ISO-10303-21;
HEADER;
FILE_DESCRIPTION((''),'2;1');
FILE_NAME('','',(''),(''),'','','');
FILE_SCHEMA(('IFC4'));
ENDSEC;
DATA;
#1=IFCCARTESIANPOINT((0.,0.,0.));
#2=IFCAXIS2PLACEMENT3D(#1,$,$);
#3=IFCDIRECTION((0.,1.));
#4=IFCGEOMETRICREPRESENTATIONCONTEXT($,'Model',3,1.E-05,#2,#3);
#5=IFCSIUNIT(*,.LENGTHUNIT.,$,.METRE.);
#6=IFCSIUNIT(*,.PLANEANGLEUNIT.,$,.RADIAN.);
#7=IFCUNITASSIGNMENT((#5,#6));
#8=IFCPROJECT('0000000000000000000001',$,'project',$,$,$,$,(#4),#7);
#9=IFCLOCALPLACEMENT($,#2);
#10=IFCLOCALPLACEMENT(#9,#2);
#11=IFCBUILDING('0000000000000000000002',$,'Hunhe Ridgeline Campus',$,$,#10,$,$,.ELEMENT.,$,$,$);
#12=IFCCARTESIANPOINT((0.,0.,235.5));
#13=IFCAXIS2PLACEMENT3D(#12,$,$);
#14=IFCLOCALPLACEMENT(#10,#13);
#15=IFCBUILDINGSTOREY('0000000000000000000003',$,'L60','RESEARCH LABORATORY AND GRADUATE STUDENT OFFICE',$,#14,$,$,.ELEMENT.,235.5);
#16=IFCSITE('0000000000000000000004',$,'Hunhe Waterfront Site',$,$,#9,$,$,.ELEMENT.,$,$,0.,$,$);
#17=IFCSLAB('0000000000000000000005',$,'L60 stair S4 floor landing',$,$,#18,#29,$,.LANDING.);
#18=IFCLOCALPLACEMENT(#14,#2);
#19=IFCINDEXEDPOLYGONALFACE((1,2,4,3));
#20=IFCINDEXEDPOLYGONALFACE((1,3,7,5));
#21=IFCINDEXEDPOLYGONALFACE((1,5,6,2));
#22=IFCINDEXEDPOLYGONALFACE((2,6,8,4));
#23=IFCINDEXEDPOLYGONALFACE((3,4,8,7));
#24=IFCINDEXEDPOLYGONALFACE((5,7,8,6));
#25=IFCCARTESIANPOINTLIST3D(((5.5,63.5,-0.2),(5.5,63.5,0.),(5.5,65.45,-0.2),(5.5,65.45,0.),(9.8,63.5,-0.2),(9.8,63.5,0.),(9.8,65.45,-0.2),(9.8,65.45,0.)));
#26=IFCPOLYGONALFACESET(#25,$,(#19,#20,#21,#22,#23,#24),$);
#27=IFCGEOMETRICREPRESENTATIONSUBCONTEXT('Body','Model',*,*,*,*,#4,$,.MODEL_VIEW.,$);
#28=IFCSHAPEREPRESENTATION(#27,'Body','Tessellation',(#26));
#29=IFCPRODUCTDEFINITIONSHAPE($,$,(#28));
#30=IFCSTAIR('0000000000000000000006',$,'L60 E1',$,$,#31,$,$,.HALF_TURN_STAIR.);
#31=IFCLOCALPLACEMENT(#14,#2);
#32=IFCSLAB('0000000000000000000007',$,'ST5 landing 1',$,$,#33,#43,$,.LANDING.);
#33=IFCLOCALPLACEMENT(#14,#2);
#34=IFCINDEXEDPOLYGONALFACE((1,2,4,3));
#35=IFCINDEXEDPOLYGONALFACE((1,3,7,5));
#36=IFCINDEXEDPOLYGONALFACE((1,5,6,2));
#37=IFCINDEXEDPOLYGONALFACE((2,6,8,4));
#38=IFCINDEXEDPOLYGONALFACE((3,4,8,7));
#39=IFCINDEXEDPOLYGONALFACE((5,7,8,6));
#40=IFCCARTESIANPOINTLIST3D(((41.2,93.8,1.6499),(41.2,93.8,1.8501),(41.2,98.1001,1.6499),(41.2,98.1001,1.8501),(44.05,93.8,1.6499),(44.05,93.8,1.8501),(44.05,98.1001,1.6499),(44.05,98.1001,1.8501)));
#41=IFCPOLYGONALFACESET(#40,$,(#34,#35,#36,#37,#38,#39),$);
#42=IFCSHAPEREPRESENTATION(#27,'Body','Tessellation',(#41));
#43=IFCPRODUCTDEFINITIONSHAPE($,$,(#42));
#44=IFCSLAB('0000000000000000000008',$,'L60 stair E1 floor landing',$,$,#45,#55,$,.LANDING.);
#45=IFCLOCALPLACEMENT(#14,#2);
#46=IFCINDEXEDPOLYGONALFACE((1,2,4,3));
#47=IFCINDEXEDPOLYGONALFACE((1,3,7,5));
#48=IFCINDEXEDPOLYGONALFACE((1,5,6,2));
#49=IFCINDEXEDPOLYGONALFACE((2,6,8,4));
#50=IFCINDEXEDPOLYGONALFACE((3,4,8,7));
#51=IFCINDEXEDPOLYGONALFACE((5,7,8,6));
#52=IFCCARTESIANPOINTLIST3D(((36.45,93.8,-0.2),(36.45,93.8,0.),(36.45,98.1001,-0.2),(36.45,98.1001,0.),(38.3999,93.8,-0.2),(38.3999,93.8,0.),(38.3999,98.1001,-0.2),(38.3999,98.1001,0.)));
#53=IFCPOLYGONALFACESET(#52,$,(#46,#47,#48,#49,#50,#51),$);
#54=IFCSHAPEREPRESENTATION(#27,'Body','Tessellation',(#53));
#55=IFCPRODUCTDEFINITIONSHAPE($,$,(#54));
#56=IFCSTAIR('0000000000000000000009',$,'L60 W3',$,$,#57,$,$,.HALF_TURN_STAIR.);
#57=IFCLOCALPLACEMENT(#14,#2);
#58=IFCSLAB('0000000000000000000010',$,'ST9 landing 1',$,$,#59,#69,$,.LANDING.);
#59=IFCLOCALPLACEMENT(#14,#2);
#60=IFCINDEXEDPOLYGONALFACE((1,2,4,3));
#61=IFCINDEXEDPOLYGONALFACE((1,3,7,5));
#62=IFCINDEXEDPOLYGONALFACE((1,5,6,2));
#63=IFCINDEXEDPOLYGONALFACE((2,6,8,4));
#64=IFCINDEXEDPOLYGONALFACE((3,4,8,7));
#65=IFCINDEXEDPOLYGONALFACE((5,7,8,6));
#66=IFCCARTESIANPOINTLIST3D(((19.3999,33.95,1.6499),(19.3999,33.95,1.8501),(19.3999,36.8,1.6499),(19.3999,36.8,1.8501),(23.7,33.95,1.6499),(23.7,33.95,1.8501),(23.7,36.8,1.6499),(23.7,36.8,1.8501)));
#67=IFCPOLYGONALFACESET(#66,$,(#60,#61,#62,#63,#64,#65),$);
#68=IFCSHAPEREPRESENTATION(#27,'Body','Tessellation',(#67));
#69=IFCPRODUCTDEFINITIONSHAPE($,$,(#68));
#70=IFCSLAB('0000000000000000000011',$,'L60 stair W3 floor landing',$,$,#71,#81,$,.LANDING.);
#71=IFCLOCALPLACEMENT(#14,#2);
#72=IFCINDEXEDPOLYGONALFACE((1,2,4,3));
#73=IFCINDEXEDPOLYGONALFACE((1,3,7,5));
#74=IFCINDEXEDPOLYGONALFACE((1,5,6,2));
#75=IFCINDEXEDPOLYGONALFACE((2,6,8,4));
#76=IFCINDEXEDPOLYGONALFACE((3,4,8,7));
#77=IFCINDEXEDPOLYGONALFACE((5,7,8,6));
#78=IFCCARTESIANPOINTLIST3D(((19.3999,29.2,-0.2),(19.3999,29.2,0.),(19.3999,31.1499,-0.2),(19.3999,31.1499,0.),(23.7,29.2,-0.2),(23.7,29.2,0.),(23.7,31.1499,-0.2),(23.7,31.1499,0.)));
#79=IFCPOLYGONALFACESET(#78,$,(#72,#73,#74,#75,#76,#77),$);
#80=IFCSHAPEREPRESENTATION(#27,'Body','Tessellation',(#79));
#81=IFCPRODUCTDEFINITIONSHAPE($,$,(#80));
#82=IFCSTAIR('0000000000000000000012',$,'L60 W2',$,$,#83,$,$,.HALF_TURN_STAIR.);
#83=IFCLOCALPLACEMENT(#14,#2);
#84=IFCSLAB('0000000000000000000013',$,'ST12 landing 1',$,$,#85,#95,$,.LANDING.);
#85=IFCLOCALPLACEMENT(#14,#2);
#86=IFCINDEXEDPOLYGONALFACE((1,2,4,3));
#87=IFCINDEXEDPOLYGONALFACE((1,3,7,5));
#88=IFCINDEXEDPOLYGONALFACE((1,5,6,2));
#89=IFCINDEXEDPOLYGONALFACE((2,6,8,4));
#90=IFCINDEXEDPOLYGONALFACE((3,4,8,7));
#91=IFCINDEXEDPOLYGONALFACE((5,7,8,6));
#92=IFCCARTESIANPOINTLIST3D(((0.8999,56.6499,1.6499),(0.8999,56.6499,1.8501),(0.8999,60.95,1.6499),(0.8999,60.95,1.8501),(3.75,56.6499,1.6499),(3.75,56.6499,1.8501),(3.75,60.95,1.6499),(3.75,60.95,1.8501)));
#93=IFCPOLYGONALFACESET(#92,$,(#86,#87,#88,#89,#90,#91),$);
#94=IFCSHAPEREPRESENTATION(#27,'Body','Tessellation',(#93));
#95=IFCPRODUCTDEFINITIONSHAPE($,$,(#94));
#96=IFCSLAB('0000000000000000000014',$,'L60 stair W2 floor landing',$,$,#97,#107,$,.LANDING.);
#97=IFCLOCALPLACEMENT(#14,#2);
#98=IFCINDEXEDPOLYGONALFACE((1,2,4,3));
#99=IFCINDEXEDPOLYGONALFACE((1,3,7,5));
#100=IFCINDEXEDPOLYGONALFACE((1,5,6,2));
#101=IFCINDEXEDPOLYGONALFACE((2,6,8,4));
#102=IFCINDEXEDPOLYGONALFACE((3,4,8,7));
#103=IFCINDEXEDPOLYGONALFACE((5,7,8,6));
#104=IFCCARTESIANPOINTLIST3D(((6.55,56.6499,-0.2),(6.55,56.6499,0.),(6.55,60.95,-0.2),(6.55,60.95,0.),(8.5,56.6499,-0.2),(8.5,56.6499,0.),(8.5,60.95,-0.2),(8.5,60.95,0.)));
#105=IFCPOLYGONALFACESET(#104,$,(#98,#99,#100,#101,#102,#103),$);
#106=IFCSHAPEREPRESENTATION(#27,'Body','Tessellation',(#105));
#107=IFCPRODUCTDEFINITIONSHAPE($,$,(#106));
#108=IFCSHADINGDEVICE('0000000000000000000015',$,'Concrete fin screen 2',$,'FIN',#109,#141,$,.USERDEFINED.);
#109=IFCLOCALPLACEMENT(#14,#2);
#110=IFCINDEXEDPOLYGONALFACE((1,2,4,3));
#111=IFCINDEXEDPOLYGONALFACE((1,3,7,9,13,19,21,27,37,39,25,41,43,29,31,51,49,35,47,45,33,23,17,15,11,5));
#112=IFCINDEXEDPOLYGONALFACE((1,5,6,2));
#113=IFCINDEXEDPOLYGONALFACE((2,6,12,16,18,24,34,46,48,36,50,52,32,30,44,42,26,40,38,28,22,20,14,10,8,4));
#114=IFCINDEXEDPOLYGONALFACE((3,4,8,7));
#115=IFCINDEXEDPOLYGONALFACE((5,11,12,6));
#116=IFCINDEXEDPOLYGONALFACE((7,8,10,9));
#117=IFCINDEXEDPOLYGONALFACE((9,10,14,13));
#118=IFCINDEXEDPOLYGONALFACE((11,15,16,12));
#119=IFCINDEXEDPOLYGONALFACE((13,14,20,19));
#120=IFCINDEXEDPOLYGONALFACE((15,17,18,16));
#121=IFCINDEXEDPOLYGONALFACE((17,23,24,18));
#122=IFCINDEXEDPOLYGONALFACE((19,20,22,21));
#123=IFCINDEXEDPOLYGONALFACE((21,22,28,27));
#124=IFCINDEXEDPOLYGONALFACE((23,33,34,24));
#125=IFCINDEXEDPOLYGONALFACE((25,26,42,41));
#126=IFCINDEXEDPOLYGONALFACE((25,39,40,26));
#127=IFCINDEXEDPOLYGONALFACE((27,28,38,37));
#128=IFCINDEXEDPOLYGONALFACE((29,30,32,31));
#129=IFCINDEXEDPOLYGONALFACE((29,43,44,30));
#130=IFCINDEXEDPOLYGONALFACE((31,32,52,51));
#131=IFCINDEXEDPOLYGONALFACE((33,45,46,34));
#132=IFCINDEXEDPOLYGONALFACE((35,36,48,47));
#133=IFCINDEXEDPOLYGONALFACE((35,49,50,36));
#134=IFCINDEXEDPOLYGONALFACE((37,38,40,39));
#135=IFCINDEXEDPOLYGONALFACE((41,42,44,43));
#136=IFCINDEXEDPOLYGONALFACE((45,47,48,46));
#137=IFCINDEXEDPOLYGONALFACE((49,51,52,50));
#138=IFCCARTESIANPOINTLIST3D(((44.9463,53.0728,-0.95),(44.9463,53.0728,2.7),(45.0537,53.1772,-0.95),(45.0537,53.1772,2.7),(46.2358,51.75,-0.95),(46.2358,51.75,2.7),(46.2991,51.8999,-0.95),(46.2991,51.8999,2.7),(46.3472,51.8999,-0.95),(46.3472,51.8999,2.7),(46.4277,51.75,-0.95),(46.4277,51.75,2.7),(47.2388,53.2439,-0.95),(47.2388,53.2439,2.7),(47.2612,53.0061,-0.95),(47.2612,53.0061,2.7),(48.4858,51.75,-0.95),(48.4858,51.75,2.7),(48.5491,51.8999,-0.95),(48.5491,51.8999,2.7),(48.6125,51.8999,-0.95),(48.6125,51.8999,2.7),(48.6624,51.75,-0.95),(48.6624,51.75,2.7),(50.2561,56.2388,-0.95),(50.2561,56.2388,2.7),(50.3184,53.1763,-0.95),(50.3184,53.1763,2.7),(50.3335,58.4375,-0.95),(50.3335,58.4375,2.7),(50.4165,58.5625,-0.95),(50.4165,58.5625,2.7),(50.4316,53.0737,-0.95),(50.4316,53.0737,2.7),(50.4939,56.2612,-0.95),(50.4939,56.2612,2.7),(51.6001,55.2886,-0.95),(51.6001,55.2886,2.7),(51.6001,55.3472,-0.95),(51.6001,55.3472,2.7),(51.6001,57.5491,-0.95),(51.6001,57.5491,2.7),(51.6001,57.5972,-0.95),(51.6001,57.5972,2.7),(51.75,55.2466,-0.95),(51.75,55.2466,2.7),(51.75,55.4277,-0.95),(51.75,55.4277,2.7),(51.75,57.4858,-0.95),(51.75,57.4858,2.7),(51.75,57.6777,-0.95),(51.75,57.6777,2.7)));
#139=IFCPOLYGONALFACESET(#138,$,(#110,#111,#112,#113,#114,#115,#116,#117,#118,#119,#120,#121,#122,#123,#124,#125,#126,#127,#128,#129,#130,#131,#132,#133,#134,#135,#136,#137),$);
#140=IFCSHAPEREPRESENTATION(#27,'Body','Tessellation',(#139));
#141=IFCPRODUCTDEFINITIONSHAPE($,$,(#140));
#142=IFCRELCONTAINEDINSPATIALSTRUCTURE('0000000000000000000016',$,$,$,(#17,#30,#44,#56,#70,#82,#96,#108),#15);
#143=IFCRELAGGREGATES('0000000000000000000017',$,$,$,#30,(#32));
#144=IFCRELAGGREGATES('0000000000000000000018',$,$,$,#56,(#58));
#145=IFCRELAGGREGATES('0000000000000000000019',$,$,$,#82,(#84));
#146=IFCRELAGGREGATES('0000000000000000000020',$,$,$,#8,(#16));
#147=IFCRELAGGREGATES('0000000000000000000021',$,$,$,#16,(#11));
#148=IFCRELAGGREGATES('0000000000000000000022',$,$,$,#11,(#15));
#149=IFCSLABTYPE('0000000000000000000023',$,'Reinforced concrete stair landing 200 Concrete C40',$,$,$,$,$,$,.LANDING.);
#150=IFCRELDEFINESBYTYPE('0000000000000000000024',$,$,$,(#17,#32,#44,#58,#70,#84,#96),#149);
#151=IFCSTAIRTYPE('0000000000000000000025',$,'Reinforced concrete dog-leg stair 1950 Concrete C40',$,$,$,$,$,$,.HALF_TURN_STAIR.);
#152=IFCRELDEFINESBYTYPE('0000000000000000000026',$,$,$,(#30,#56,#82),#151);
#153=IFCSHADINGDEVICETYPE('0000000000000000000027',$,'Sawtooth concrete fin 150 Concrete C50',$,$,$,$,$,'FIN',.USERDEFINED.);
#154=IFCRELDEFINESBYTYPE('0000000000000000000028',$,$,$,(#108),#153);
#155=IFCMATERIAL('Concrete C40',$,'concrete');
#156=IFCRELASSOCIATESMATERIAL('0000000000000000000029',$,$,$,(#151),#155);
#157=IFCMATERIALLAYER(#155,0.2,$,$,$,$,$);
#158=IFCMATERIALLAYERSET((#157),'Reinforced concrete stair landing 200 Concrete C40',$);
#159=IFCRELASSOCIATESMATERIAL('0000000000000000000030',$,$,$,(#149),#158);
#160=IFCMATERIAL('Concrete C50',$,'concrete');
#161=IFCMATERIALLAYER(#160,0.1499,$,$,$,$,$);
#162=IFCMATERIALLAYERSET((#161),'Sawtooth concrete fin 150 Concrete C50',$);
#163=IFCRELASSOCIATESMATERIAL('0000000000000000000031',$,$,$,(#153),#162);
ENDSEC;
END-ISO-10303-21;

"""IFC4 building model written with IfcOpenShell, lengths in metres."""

from ifc_helpers import new_model, si_unit, direction, frame, origin, place, context, subcontext, project, spatial, polyline, outline, extrude, material, layer, layer_set, type_object, element, aggregate, save


model = new_model("IFC4")

# Units and contexts
model_context = context("Model", 3, precision=1e-05, world=origin(), true_north=direction((0.0, 1.0)))
body_context = subcontext(model_context, "Body", "Model", "MODEL_VIEW")
ifc_project = project(units=[si_unit("LENGTHUNIT", "METRE"), si_unit("PLANEANGLEUNIT", "RADIAN")], contexts=[model_context])

# Site, building, storey
site_placement = place(None, origin())
site = spatial("IfcSite", under=ifc_project, at=site_placement, Name="Hunhe Waterfront Site", CompositionType="ELEMENT", RefElevation=0.0)
building_placement = place(site_placement, origin())
building = spatial("IfcBuilding", under=site, at=building_placement, Name="Hunhe Ridgeline Campus", CompositionType="ELEMENT")
storey_placement = place(building_placement, frame((0.0, 0.0, 235.5)))
storey = spatial("IfcBuildingStorey", under=building, at=storey_placement, Name="L60", Description="RESEARCH LABORATORY AND GRADUATE STUDENT OFFICE", CompositionType="ELEMENT", Elevation=235.5)

# Shared definitions
ifc_material_1 = material(Name="Concrete C50", Category="concrete")

# Shared definitions
ifc_material_2 = material(Name="Concrete C40", Category="concrete")

# Shared definitions
stair_type = type_object("IfcStairType", Name="Reinforced concrete dog-leg stair 1950 Concrete C40", PredefinedType="HALF_TURN_STAIR", material=ifc_material_2)
ifc_layer_1 = layer(ifc_material_2, 0.2)
ifc_layer_set_1 = layer_set([ifc_layer_1], Name="Reinforced concrete stair landing 200 Concrete C40")
slab_type_1 = type_object("IfcSlabType", Name="Reinforced concrete stair landing 200 Concrete C40", PredefinedType="LANDING", material=ifc_layer_set_1)

# Slab
slab_1_placement = place(storey_placement, frame((0.0, 0.0, -0.2)))
element("IfcSlab", 1, at=slab_1_placement, inside=storey, type_object=slab_type_1, Name="L60 stair S4 floor landing", PredefinedType="LANDING", context=body_context, shape_type="SweptSolid", body=[
    extrude(outline(polyline([(9.8, 63.5), (9.8, 65.45), (5.5, 65.45), (5.5, 63.5), (9.8, 63.5)])), origin(), (0.0, 0.0, 1.0), 0.2),
])

# Stair, slab
stair_1_placement = place(storey_placement, origin())
stair_1 = element("IfcStair", 2, at=stair_1_placement, inside=storey, type_object=stair_type, Name="L60 E1", PredefinedType="HALF_TURN_STAIR")
slab_2_placement = place(storey_placement, frame((0.0, 0.0, 1.6499)))
slab_2 = element("IfcSlab", 3, at=slab_2_placement, type_object=slab_type_1, Name="ST5 landing 1", PredefinedType="LANDING", context=body_context, shape_type="SweptSolid", body=[
    extrude(outline(polyline([(41.2, 93.8), (44.05, 93.8), (44.05, 98.1001), (41.2, 98.1001), (41.2, 93.8)])), origin(), (0.0, 0.0, 1.0), 0.2002),
])
aggregate(stair_1, [slab_2])

# Slab
slab_3_placement = place(storey_placement, frame((0.0, 0.0, -0.2)))
element("IfcSlab", 4, at=slab_3_placement, inside=storey, type_object=slab_type_1, Name="L60 stair E1 floor landing", PredefinedType="LANDING", context=body_context, shape_type="SweptSolid", body=[
    extrude(outline(polyline([(36.45, 93.8), (38.3999, 93.8), (38.3999, 98.1001), (36.45, 98.1001), (36.45, 93.8)])), origin(), (0.0, 0.0, 1.0), 0.2),
])

# Stair, slab
stair_2_placement = place(storey_placement, origin())
stair_2 = element("IfcStair", 5, at=stair_2_placement, inside=storey, type_object=stair_type, Name="L60 W3", PredefinedType="HALF_TURN_STAIR")
slab_4_placement = place(storey_placement, frame((0.0, 0.0, 1.6499)))
slab_4 = element("IfcSlab", 6, at=slab_4_placement, type_object=slab_type_1, Name="ST9 landing 1", PredefinedType="LANDING", context=body_context, shape_type="SweptSolid", body=[
    extrude(outline(polyline([(23.7, 33.95), (23.7, 36.8), (19.3999, 36.8), (19.3999, 33.95), (23.7, 33.95)])), origin(), (0.0, 0.0, 1.0), 0.2002),
])
aggregate(stair_2, [slab_4])

# Slab
slab_5_placement = place(storey_placement, frame((0.0, 0.0, -0.2)))
element("IfcSlab", 7, at=slab_5_placement, inside=storey, type_object=slab_type_1, Name="L60 stair W3 floor landing", PredefinedType="LANDING", context=body_context, shape_type="SweptSolid", body=[
    extrude(outline(polyline([(23.7, 29.2), (23.7, 31.1499), (19.3999, 31.1499), (19.3999, 29.2), (23.7, 29.2)])), origin(), (0.0, 0.0, 1.0), 0.2),
])

# Stair, slab
stair_3_placement = place(storey_placement, origin())
stair_3 = element("IfcStair", 8, at=stair_3_placement, inside=storey, type_object=stair_type, Name="L60 W2", PredefinedType="HALF_TURN_STAIR")
slab_6_placement = place(storey_placement, frame((0.0, 0.0, 1.6499)))
slab_6 = element("IfcSlab", 9, at=slab_6_placement, type_object=slab_type_1, Name="ST12 landing 1", PredefinedType="LANDING", context=body_context, shape_type="SweptSolid", body=[
    extrude(outline(polyline([(3.75, 60.95), (0.8999, 60.95), (0.8999, 56.6499), (3.75, 56.6499), (3.75, 60.95)])), origin(), (0.0, 0.0, 1.0), 0.2002),
])
aggregate(stair_3, [slab_6])

# Slab
slab_7_placement = place(storey_placement, frame((0.0, 0.0, -0.2)))
element("IfcSlab", 10, at=slab_7_placement, inside=storey, type_object=slab_type_1, Name="L60 stair W2 floor landing", PredefinedType="LANDING", context=body_context, shape_type="SweptSolid", body=[
    extrude(outline(polyline([(8.5, 60.95), (6.55, 60.95), (6.55, 56.6499), (8.5, 56.6499), (8.5, 60.95)])), origin(), (0.0, 0.0, 1.0), 0.2),
])

# Shading device
ifc_layer_2 = layer(ifc_material_1, 0.1499)
ifc_layer_set_2 = layer_set([ifc_layer_2], Name="Sawtooth concrete fin 150 Concrete C50")
shading_device_type = type_object("IfcShadingDeviceType", Name="Sawtooth concrete fin 150 Concrete C50", ElementType="FIN", PredefinedType="USERDEFINED", material=ifc_layer_set_2)
shading_device_1_placement = place(storey_placement, frame((0.0, 0.0, -0.95)))
element("IfcShadingDevice", 11, at=shading_device_1_placement, inside=storey, type_object=shading_device_type, Name="Concrete fin screen 2", ObjectType="FIN", PredefinedType="USERDEFINED", context=body_context, shape_type="SweptSolid", body=[
    extrude(outline(polyline([(45.0537, 53.1772), (44.9463, 53.0728), (46.2358, 51.75), (46.4277, 51.75), (47.2612, 53.0061), (48.4858, 51.75), (48.6624, 51.75), (50.4316, 53.0737), (51.75, 55.2466), (51.75, 55.4277), (50.4939, 56.2612), (51.75, 57.4858), (51.75, 57.6777), (50.4165, 58.5625), (50.3335, 58.4375), (51.6001, 57.5972), (51.6001, 57.5491), (50.2561, 56.2388), (51.6001, 55.3472), (51.6001, 55.2886), (50.3184, 53.1763), (48.6125, 51.8999), (48.5491, 51.8999), (47.2388, 53.2439), (46.3472, 51.8999), (46.2991, 51.8999), (45.0537, 53.1772)])), origin(), (0.0, 0.0, 1.0), 3.6499),
])

save(model, "model.ifc")
